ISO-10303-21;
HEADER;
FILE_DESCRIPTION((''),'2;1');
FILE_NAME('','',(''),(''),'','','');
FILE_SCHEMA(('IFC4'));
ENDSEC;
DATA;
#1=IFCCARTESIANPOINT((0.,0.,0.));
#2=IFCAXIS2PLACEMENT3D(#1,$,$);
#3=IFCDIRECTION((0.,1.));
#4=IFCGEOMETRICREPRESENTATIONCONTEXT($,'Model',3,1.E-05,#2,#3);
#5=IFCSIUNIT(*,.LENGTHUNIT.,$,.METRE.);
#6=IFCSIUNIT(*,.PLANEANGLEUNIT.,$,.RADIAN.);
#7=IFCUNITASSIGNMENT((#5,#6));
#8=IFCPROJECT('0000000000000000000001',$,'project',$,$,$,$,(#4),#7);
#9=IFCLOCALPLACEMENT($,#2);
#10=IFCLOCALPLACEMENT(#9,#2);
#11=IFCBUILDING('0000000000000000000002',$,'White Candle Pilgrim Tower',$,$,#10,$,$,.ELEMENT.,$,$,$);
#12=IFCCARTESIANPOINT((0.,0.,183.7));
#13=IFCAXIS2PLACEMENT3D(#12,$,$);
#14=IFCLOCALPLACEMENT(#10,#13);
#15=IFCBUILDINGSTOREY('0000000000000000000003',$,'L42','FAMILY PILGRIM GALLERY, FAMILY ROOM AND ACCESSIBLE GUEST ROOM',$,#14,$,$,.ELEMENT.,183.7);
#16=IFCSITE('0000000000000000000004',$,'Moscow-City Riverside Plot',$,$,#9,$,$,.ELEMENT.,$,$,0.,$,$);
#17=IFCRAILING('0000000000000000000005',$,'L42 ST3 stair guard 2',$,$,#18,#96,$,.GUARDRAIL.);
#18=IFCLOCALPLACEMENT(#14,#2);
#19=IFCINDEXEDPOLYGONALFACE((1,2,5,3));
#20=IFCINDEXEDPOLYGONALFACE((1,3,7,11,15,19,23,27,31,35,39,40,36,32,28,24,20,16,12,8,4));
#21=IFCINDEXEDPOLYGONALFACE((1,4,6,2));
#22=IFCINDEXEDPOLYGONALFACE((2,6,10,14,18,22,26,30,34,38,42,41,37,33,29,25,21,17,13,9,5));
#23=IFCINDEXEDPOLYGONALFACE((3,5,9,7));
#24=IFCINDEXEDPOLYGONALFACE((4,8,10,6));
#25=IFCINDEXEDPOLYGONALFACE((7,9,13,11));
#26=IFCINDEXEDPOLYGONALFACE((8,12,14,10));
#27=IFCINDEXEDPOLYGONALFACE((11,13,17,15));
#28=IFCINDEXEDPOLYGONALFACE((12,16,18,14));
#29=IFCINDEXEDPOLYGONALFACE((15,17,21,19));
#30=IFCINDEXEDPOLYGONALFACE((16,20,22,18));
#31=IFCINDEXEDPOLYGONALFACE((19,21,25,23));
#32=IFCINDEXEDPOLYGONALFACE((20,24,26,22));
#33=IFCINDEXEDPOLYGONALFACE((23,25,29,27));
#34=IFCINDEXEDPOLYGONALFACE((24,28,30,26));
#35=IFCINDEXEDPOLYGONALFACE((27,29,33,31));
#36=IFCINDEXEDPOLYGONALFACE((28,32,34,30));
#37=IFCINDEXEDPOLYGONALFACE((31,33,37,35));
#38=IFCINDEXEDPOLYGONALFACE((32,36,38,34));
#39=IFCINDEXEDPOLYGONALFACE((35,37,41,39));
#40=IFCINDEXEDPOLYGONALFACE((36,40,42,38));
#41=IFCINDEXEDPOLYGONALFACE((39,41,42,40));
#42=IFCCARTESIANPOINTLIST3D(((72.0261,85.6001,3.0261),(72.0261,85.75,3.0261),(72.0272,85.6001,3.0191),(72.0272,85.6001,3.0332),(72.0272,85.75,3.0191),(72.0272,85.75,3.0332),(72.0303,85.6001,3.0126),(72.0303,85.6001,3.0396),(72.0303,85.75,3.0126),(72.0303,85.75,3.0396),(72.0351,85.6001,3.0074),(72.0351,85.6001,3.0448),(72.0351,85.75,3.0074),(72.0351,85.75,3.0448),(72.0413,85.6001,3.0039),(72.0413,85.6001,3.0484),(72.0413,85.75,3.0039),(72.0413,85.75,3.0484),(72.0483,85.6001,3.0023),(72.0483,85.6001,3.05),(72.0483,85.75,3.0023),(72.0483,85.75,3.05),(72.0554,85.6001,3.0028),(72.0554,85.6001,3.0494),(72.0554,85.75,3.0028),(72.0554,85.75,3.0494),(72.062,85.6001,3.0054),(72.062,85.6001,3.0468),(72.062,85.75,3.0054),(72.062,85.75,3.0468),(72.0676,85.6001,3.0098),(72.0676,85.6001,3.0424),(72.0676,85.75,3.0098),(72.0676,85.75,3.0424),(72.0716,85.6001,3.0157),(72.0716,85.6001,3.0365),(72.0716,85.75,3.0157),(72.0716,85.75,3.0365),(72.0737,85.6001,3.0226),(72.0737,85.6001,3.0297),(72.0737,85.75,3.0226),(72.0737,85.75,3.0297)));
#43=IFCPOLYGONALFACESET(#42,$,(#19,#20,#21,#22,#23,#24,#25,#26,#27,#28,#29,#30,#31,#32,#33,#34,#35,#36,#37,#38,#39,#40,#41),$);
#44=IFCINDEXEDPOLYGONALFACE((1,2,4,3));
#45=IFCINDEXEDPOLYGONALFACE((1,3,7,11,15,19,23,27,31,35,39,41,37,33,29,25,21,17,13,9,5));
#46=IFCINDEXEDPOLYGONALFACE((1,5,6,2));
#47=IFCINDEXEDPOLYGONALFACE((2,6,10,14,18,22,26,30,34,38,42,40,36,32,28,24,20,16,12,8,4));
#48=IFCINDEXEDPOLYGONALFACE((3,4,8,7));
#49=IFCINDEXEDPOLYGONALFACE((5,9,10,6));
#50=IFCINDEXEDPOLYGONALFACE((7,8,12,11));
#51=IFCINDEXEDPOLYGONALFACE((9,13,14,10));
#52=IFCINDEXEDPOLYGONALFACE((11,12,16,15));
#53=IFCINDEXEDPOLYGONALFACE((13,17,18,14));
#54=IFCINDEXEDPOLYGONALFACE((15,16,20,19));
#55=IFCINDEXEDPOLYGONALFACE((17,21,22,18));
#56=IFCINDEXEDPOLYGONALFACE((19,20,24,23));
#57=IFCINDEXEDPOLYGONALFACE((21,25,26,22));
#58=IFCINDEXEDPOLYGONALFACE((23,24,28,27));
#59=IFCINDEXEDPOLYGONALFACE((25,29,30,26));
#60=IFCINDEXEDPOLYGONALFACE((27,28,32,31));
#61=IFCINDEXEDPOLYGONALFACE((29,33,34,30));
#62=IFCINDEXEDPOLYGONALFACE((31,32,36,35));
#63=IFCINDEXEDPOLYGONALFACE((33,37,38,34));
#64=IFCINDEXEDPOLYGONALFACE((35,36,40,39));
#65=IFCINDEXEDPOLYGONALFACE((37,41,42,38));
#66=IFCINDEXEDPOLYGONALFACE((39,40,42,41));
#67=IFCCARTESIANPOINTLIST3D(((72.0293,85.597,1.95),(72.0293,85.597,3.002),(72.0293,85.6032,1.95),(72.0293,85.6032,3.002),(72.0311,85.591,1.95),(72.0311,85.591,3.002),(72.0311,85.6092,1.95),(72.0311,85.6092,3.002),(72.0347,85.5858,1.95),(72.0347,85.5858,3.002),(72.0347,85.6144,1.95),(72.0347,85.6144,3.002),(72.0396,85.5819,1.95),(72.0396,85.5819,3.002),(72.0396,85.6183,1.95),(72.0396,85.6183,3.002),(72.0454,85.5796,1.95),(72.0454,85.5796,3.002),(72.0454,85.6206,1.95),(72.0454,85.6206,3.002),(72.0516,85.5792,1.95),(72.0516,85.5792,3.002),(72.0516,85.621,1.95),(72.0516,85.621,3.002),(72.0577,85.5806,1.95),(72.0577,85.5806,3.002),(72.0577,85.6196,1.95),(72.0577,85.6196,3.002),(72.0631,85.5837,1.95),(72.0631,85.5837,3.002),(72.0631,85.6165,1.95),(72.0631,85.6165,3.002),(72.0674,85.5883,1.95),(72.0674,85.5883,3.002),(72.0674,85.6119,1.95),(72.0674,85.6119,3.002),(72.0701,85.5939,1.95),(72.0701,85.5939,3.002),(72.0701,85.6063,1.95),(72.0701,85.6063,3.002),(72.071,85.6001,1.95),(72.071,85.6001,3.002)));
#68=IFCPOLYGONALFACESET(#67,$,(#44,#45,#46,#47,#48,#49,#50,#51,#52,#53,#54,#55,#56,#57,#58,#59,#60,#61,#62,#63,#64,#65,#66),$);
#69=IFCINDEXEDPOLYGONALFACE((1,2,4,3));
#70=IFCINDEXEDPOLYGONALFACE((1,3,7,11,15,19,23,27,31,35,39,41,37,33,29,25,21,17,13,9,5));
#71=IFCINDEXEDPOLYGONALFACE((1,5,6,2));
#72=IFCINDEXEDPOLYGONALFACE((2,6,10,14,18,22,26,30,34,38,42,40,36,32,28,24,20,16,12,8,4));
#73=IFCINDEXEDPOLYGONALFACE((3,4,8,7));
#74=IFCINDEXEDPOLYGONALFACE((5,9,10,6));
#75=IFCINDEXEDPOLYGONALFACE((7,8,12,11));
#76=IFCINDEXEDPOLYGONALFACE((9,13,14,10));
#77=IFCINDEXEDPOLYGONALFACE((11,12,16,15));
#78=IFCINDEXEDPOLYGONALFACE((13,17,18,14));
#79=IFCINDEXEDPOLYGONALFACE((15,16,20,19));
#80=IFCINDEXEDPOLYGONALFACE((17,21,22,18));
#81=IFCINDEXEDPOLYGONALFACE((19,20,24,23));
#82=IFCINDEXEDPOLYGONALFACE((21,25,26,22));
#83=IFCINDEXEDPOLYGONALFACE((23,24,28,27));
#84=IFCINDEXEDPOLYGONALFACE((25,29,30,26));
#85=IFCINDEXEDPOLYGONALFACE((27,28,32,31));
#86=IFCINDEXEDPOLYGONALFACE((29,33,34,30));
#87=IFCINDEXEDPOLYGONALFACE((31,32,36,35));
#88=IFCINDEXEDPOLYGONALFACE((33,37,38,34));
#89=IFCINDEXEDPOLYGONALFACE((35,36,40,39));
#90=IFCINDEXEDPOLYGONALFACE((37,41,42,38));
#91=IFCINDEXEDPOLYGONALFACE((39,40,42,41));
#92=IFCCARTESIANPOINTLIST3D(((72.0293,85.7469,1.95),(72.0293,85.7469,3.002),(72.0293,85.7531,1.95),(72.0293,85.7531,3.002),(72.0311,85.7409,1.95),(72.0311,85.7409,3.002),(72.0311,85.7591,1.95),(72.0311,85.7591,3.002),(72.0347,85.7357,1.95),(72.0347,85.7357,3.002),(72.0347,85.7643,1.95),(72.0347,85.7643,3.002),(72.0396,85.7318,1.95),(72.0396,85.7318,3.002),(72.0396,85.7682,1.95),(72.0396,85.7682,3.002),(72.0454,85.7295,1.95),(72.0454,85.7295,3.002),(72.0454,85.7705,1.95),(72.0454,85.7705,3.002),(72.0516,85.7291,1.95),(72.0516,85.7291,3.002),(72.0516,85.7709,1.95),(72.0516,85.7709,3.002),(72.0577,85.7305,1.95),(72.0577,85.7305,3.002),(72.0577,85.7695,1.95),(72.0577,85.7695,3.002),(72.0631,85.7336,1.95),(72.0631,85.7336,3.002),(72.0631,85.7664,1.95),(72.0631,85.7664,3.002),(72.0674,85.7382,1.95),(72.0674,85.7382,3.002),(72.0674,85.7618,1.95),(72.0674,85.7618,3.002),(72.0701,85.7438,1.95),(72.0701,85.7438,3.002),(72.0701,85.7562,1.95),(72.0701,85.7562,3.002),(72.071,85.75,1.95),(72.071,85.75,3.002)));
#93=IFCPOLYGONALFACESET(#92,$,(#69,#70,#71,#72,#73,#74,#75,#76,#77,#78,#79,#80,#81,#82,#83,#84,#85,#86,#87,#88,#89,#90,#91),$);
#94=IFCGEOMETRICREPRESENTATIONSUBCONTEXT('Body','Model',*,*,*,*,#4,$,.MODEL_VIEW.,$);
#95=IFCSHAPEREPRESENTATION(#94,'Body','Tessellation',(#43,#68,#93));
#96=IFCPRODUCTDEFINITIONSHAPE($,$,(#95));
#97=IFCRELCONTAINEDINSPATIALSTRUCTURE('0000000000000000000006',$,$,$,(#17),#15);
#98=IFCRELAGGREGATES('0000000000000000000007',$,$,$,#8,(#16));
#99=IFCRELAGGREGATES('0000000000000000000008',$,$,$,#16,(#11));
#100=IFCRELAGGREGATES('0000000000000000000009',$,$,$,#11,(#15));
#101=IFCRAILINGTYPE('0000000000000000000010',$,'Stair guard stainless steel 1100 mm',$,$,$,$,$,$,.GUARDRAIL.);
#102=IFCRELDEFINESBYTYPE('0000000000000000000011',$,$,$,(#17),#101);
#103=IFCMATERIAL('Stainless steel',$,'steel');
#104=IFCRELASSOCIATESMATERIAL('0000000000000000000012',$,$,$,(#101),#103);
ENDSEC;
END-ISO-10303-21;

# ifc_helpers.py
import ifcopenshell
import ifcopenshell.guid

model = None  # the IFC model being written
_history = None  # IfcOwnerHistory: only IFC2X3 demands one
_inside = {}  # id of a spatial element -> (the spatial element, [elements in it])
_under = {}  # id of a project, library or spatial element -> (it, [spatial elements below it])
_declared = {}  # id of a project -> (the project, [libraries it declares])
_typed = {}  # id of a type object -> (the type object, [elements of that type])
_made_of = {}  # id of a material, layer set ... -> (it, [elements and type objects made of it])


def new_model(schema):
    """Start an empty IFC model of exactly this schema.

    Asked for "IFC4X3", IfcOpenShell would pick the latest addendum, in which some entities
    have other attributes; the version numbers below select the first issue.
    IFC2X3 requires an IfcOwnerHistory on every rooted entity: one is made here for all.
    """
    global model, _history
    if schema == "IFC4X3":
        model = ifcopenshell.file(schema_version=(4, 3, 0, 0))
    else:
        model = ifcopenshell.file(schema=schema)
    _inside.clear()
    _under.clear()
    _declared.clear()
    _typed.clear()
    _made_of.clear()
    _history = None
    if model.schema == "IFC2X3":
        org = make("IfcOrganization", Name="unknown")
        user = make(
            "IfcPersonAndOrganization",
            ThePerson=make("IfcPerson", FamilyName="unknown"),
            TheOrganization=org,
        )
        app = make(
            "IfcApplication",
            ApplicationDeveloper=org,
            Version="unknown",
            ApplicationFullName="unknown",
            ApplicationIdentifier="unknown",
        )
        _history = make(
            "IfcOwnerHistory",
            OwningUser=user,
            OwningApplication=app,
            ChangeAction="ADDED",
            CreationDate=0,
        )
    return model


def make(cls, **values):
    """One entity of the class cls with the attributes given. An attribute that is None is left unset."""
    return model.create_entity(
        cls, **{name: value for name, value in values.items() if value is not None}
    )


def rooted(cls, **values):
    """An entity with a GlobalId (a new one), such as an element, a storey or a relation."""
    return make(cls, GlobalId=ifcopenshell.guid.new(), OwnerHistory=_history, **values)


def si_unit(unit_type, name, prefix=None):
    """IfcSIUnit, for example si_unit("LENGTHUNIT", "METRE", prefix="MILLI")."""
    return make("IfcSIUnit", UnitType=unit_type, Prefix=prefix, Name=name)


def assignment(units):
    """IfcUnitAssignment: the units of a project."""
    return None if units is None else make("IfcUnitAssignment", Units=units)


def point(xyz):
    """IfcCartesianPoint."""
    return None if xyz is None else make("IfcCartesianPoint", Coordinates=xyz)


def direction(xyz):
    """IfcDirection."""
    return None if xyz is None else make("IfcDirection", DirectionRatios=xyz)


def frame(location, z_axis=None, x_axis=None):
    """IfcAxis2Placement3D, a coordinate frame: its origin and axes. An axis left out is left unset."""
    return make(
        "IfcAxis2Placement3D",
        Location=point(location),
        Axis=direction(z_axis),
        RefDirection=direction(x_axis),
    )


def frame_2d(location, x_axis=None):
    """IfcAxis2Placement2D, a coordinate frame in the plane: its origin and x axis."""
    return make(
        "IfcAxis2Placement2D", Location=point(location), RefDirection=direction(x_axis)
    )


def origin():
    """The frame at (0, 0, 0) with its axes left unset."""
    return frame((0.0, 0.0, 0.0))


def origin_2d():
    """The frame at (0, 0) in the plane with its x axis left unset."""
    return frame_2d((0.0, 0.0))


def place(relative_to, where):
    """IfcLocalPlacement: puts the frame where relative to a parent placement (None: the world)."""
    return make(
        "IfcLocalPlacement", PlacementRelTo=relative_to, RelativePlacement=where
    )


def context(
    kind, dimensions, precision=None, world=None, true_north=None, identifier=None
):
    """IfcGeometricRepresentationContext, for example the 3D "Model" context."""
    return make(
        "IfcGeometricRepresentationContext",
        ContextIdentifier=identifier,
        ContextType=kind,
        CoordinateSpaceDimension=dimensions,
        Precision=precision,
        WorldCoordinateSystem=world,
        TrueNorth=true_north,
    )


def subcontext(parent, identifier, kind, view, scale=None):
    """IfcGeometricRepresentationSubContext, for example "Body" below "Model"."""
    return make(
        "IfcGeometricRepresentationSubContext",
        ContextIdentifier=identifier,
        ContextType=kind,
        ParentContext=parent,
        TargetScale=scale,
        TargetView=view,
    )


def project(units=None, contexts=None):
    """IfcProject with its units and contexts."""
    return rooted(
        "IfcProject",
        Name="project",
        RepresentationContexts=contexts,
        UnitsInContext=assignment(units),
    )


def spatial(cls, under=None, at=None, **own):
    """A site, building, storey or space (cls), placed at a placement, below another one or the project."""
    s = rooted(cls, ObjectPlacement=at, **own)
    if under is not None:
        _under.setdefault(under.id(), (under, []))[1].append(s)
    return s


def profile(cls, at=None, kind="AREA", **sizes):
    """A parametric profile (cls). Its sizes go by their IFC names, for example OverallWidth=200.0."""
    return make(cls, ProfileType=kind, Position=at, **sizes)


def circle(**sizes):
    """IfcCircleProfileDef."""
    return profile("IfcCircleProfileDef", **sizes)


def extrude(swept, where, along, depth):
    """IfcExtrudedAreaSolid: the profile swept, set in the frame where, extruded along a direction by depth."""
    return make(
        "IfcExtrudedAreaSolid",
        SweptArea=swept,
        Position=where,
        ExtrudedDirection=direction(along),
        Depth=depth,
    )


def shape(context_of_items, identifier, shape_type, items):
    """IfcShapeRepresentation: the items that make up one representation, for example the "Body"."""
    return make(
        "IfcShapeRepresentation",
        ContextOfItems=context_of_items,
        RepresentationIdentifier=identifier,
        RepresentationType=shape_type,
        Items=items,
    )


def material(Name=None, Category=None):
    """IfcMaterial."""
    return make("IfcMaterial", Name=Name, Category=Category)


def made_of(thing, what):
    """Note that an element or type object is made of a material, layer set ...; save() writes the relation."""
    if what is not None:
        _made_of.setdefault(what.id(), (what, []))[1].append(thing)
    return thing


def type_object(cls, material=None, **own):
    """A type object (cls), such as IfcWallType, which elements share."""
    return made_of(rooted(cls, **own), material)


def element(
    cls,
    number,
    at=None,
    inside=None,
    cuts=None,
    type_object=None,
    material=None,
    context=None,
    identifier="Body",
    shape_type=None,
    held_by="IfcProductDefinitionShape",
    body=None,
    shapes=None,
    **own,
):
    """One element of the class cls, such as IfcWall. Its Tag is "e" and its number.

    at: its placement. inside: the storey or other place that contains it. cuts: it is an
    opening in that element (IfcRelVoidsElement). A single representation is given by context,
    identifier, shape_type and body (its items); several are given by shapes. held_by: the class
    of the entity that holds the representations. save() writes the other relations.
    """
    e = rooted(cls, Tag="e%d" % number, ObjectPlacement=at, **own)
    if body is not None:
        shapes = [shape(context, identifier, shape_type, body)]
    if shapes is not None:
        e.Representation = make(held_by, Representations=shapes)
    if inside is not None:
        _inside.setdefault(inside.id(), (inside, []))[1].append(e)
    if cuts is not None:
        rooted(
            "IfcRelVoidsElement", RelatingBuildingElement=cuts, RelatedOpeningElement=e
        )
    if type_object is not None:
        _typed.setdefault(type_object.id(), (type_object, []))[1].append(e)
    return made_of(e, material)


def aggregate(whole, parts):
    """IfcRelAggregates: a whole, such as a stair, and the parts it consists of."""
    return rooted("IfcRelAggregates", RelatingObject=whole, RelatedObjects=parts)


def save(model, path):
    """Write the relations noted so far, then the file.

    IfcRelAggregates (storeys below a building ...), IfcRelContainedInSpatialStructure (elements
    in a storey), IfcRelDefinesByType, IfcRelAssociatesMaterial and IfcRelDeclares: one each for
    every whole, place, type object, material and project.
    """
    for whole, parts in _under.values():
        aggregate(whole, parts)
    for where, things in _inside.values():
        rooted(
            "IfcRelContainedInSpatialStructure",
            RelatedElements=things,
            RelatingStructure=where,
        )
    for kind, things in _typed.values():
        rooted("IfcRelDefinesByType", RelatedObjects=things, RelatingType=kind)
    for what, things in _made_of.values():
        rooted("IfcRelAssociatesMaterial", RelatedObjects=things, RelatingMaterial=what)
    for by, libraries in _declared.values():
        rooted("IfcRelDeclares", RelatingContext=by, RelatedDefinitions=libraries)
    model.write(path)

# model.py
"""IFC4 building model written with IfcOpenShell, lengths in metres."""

from ifc_helpers import new_model, si_unit, direction, frame, origin, origin_2d, place, context, subcontext, project, spatial, circle, extrude, material, type_object, element, save


model = new_model("IFC4")

# Units and contexts
model_context = context("Model", 3, precision=1e-05, world=origin(), true_north=direction((0.0, 1.0)))
body_context = subcontext(model_context, "Body", "Model", "MODEL_VIEW")
ifc_project = project(units=[si_unit("LENGTHUNIT", "METRE"), si_unit("PLANEANGLEUNIT", "RADIAN")], contexts=[model_context])

# Site, building, storey
site_placement = place(None, origin())
site = spatial("IfcSite", under=ifc_project, at=site_placement, Name="Moscow-City Riverside Plot", CompositionType="ELEMENT", RefElevation=0.0)
building_placement = place(site_placement, origin())
building = spatial("IfcBuilding", under=site, at=building_placement, Name="White Candle Pilgrim Tower", CompositionType="ELEMENT")
storey_placement = place(building_placement, frame((0.0, 0.0, 183.7)))
storey = spatial("IfcBuildingStorey", under=building, at=storey_placement, Name="L42", Description="FAMILY PILGRIM GALLERY, FAMILY ROOM AND ACCESSIBLE GUEST ROOM", CompositionType="ELEMENT", Elevation=183.7)

# Railing
ifc_material_1 = material(Name="Stainless steel", Category="steel")
railing_type_1 = type_object("IfcRailingType", Name="Stair guard stainless steel 1100 mm", PredefinedType="GUARDRAIL", material=ifc_material_1)
railing_1_placement = place(storey_placement, frame((72.05, 85.6001, 1.95)))
element("IfcRailing", 1, at=railing_1_placement, inside=storey, type_object=railing_type_1, Name="L42 ST3 stair guard 2", PredefinedType="GUARDRAIL", context=body_context, shape_type="SweptSolid", body=[
    extrude(circle(Radius=0.0239, at=origin_2d()), frame((0.0, 0.0, 1.0762), z_axis=(0.0, 1.0, 0.0), x_axis=(-1.0, 0.0, 0.0)), (0.0, 0.0, 1.0), 0.1499),
    extrude(circle(Radius=0.021, at=origin_2d()), origin(), (0.0, 0.0, 1.0), 1.052),
    extrude(circle(Radius=0.021, at=origin_2d()), frame((0.0, 0.1499, 0.0)), (0.0, 0.0, 1.0), 1.052),
])

save(model, "model.ifc")
